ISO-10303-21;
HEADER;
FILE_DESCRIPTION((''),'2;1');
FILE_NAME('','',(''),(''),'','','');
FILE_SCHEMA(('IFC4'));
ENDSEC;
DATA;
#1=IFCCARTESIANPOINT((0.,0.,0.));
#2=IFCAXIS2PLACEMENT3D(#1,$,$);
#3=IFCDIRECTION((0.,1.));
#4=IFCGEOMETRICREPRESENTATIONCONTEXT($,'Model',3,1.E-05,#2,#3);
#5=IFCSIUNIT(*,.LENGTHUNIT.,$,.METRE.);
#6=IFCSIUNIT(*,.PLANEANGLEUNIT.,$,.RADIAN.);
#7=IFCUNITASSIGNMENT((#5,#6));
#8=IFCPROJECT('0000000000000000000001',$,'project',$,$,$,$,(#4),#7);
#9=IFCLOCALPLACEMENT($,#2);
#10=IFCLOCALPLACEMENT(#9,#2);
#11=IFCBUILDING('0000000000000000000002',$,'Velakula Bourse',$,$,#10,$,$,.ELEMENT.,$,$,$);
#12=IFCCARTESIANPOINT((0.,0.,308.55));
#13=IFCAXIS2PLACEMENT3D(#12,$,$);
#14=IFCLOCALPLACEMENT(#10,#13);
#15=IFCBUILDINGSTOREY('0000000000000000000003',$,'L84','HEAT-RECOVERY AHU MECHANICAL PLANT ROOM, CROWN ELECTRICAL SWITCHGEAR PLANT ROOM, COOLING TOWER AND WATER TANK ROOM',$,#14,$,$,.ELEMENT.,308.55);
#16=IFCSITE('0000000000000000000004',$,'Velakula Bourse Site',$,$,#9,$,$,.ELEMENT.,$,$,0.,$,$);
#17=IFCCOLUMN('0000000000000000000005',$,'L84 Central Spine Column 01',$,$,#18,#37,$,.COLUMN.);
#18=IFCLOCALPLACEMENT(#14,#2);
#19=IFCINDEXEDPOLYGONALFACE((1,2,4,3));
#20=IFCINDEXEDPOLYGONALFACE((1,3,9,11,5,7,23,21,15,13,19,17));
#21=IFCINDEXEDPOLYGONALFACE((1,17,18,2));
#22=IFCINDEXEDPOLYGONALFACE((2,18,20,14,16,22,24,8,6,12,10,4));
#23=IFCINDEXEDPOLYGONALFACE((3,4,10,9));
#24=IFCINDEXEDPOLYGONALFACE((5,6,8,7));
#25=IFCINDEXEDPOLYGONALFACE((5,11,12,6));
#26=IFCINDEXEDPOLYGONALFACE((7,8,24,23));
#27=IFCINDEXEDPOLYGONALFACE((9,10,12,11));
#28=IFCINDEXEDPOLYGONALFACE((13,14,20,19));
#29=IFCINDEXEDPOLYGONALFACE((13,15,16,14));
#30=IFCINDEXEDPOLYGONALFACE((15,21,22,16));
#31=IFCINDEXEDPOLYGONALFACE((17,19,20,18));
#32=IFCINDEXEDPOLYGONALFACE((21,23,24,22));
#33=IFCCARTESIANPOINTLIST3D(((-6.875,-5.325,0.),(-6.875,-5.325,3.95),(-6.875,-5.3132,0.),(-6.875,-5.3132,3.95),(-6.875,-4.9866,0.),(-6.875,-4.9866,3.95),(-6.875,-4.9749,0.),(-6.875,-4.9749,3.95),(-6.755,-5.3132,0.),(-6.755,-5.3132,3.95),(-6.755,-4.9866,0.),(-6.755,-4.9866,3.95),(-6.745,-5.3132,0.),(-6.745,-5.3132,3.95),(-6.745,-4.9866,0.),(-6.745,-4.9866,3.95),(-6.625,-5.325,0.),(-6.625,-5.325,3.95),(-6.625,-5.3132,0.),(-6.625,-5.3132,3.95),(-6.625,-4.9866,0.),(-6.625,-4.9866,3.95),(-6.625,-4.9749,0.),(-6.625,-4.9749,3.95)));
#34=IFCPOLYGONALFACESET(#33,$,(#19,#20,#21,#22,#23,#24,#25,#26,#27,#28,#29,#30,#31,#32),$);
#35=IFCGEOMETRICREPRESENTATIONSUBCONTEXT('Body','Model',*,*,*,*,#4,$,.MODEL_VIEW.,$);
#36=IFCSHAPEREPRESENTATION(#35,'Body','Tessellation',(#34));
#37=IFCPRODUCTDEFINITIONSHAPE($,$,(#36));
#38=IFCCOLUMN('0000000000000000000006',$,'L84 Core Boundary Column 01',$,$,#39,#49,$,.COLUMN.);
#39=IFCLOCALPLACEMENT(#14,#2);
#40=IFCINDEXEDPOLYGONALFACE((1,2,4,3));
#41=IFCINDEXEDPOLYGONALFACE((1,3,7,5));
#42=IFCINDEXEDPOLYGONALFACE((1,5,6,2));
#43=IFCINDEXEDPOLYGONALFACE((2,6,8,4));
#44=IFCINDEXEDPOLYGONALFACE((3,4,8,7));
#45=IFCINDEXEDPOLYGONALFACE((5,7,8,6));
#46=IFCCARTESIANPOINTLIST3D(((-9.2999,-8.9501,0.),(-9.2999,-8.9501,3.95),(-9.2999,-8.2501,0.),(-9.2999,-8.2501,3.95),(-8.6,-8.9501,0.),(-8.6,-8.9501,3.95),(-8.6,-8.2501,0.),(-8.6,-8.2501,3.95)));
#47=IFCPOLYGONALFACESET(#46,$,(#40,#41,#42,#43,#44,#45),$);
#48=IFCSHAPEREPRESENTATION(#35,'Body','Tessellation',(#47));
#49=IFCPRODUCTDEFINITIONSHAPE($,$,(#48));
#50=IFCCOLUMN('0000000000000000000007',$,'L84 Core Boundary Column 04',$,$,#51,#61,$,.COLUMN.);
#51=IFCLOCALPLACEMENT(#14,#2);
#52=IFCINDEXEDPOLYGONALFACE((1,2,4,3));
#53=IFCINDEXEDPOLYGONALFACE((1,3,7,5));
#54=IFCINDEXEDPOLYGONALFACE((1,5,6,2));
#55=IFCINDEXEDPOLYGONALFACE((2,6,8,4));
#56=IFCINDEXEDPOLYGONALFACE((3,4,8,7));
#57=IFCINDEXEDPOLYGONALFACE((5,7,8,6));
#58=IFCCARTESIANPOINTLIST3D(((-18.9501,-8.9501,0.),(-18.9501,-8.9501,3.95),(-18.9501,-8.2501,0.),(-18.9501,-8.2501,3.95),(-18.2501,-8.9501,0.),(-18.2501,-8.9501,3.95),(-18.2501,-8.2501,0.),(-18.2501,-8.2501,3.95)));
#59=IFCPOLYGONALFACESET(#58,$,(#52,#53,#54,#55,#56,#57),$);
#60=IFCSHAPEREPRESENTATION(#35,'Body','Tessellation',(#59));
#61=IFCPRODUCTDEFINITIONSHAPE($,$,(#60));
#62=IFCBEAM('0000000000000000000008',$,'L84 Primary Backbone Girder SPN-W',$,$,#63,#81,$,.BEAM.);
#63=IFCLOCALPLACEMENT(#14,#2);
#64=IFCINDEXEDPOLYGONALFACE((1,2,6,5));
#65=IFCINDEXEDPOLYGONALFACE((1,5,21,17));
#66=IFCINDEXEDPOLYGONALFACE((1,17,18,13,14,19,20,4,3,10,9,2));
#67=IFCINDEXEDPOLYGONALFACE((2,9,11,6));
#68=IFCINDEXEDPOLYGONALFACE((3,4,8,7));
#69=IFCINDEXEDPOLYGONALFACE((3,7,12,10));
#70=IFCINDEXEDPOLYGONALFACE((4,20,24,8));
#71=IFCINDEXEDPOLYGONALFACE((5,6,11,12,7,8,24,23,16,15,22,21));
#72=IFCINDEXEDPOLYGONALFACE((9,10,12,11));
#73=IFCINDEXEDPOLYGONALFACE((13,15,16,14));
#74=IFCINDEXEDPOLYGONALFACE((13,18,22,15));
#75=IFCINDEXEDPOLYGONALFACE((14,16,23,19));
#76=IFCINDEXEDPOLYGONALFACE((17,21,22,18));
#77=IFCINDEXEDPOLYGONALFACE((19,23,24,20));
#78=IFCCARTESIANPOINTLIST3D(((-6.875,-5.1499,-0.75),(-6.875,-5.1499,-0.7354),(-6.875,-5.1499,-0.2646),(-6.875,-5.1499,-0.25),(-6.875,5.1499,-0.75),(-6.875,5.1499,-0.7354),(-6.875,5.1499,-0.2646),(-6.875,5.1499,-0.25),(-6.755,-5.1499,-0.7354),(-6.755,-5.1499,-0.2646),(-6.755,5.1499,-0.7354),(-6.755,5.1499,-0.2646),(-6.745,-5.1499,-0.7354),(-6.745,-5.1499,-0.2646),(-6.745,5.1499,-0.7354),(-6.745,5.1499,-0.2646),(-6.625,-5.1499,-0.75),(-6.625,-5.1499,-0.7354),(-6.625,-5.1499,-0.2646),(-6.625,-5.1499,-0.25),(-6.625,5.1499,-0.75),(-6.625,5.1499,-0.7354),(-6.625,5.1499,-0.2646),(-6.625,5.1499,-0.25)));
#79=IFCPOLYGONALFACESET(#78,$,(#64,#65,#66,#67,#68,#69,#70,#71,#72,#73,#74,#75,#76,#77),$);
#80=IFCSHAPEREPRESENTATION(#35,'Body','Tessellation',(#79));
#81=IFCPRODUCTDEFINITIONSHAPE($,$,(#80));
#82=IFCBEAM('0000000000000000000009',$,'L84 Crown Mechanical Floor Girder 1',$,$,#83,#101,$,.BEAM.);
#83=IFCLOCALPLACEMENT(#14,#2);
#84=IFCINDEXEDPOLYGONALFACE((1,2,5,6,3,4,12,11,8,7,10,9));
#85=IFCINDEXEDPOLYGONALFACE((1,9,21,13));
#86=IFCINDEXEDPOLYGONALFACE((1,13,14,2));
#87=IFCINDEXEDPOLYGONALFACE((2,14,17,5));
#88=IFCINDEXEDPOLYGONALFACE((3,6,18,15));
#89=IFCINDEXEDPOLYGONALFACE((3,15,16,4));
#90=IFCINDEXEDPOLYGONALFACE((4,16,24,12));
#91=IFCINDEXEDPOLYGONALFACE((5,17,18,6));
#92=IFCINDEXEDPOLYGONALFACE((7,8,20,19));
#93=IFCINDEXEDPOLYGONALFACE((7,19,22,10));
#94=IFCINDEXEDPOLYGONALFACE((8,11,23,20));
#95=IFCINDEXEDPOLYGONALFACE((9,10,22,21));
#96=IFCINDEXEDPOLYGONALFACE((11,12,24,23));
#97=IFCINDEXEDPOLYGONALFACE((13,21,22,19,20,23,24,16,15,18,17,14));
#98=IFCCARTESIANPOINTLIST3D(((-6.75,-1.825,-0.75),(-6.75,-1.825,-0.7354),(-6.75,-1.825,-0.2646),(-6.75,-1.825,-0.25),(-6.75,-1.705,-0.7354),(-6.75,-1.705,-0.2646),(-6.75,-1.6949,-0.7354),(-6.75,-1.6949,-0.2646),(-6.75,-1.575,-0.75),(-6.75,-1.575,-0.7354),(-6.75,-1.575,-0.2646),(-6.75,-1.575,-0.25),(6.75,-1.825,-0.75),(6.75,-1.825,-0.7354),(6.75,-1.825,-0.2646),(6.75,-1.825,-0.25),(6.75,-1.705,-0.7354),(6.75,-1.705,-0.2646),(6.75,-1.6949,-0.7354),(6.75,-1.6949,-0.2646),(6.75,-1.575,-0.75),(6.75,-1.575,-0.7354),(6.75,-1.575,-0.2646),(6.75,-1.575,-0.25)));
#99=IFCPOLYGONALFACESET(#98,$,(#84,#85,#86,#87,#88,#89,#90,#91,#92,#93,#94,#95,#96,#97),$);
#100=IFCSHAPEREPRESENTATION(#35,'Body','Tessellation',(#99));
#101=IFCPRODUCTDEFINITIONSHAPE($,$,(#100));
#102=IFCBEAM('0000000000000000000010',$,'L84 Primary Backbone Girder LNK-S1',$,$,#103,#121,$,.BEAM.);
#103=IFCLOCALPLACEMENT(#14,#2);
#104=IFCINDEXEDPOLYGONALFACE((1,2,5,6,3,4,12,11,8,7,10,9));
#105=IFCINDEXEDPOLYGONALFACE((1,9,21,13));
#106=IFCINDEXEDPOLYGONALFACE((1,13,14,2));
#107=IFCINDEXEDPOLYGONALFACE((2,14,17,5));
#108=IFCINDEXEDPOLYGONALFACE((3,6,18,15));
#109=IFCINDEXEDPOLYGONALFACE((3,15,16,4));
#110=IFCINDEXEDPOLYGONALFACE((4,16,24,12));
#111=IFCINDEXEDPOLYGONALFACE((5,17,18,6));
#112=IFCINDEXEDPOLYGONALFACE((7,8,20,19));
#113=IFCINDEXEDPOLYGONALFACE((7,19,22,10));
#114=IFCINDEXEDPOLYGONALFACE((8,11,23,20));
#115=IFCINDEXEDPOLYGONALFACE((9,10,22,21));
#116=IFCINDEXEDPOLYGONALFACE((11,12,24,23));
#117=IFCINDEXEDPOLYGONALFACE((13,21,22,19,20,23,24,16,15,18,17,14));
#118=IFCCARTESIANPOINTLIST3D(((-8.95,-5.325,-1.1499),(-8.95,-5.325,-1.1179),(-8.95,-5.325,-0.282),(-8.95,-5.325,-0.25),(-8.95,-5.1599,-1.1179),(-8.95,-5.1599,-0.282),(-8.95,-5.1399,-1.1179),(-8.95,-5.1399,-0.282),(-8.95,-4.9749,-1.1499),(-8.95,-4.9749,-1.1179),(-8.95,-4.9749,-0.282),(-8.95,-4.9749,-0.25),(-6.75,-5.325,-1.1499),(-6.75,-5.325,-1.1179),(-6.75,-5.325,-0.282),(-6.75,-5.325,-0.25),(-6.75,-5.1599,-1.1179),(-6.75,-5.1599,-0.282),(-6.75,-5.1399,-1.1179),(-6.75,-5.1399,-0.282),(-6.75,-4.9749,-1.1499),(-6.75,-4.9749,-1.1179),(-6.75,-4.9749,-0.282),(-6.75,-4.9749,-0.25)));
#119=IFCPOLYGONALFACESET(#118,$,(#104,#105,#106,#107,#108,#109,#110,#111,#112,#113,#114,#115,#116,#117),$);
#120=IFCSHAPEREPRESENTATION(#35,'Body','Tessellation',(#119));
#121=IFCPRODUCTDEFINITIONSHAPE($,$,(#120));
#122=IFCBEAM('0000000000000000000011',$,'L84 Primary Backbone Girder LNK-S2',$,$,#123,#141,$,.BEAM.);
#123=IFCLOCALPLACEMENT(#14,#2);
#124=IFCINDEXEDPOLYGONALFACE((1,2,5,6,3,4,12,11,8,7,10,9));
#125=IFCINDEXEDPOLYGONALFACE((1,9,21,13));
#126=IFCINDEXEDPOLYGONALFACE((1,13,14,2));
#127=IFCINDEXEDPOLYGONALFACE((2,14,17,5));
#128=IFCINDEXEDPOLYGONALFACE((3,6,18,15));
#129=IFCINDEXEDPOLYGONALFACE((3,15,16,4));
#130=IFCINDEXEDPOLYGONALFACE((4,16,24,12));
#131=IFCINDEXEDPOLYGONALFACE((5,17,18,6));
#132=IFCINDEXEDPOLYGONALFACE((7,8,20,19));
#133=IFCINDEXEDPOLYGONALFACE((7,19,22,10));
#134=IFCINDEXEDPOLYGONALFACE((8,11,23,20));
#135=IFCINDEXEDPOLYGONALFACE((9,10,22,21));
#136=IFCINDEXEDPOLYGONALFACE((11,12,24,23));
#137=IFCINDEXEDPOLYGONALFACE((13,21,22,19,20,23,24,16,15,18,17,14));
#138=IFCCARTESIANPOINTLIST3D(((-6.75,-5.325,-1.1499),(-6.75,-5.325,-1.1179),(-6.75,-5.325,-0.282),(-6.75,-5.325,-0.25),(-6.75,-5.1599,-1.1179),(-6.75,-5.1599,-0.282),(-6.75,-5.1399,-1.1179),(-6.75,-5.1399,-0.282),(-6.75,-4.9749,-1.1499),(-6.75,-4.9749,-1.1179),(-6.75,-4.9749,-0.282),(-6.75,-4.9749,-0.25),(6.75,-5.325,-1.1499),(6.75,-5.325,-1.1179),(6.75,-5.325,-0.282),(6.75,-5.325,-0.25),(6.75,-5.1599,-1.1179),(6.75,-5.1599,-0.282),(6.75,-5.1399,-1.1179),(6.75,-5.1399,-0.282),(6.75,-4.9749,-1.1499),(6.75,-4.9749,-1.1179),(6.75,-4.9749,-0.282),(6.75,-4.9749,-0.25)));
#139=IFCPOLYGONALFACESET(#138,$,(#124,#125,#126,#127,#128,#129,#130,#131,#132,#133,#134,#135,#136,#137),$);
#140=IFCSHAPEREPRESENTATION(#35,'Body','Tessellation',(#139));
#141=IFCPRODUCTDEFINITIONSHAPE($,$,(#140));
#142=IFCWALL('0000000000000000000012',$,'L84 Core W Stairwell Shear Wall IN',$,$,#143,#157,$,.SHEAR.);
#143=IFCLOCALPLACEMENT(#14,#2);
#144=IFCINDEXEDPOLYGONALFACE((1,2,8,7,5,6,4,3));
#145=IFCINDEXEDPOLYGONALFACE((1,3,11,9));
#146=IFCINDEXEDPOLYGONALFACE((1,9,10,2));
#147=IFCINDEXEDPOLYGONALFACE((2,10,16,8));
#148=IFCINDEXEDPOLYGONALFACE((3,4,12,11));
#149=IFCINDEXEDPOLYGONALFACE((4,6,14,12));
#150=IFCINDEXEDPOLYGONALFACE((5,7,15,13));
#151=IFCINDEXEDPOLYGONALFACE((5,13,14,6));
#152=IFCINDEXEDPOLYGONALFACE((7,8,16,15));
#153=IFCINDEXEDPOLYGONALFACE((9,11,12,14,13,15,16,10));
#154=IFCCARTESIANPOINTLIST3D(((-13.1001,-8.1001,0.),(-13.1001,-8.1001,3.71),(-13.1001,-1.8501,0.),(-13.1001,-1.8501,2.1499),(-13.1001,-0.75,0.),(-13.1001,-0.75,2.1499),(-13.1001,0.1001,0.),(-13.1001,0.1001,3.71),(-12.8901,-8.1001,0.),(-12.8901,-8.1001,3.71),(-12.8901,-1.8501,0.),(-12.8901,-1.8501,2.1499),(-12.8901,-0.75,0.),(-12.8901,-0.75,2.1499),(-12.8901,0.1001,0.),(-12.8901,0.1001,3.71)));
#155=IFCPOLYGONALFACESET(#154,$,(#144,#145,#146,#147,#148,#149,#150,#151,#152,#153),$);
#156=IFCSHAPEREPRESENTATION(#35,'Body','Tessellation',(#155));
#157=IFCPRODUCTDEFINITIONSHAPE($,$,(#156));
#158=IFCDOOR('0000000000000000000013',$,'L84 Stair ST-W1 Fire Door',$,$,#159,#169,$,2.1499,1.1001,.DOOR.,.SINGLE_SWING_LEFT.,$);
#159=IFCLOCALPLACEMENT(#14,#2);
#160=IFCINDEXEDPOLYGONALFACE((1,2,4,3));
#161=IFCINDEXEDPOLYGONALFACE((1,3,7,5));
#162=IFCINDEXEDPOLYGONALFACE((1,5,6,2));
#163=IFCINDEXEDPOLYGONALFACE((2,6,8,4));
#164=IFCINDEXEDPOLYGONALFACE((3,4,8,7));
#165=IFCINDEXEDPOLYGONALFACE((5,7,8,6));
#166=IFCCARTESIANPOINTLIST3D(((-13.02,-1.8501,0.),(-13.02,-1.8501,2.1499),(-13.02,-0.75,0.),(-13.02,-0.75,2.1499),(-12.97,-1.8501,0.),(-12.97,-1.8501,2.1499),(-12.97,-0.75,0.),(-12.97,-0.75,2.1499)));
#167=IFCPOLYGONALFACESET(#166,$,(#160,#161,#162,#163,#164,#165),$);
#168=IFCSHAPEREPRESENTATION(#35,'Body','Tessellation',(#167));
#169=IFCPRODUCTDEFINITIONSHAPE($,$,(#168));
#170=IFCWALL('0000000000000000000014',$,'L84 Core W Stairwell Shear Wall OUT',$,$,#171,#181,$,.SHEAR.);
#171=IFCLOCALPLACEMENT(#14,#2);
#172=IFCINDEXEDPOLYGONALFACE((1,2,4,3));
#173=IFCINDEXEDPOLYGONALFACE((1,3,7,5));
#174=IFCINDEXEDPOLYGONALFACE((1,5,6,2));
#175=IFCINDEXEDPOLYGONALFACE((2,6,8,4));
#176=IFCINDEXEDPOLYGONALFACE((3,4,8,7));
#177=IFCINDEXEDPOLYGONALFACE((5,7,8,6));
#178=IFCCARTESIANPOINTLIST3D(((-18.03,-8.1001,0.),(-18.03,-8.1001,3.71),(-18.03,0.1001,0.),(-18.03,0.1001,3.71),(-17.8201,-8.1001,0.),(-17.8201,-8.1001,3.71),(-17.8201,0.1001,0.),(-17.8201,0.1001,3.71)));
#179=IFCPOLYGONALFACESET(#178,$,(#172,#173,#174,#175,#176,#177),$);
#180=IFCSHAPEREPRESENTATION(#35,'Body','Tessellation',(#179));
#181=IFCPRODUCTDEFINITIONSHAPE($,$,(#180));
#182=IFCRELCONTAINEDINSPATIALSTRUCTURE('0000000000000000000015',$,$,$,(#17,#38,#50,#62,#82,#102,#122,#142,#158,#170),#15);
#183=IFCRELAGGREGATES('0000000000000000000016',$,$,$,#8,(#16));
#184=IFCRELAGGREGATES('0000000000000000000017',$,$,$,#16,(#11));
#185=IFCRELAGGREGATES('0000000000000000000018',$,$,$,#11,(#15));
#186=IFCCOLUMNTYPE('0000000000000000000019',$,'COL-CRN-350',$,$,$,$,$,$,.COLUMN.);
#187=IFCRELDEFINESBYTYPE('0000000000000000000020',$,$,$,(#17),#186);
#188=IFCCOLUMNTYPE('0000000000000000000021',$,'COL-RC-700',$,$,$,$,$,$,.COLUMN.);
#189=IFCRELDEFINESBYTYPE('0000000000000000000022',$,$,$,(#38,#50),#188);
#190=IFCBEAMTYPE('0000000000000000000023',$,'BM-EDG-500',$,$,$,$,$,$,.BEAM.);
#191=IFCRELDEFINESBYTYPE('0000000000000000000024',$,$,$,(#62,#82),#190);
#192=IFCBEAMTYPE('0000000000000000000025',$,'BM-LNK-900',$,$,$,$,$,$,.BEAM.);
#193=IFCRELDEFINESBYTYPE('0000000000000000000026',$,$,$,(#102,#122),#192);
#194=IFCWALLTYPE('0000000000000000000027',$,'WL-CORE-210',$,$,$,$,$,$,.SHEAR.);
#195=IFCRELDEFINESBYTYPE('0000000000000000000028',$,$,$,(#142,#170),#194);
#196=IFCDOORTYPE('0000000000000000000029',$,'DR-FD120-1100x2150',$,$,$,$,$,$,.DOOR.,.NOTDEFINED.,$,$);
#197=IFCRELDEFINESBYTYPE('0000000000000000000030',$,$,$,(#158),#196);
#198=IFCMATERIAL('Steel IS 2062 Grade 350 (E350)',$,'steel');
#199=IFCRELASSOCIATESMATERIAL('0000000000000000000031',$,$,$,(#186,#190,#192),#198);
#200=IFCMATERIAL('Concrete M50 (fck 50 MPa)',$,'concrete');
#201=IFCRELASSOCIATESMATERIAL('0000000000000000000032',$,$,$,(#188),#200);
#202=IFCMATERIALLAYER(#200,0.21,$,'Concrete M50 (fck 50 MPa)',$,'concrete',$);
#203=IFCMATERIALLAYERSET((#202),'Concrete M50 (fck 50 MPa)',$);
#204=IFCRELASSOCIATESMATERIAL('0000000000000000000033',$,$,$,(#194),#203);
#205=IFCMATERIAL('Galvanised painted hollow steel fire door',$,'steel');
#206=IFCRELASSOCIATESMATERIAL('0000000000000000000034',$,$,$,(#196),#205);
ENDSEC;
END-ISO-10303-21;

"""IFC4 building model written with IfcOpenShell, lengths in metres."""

from ifc_helpers import new_model, si_unit, direction, frame, frame_2d, origin, origin_2d, place, context, subcontext, project, spatial, rectangle, i_section, extrude, material, layer, layer_set, material_profile, profile_set, type_object, element, fill, save


model = new_model("IFC4")

# Units and contexts
model_context = context("Model", 3, precision=1e-05, world=origin(), true_north=direction((0.0, 1.0)))
body_context = subcontext(model_context, "Body", "Model", "MODEL_VIEW")
ifc_project = project(units=[si_unit("LENGTHUNIT", "METRE"), si_unit("PLANEANGLEUNIT", "RADIAN")], contexts=[model_context])

# Site, building, storey
site_placement = place(None, origin())
site = spatial("IfcSite", under=ifc_project, at=site_placement, Name="Velakula Bourse Site", CompositionType="ELEMENT", RefElevation=0.0)
building_placement = place(site_placement, origin())
building = spatial("IfcBuilding", under=site, at=building_placement, Name="Velakula Bourse", CompositionType="ELEMENT")
storey_placement = place(building_placement, frame((0.0, 0.0, 308.55)))
storey = spatial("IfcBuildingStorey", under=building, at=storey_placement, Name="L84", Description="HEAT-RECOVERY AHU MECHANICAL PLANT ROOM, CROWN ELECTRICAL SWITCHGEAR PLANT ROOM, COOLING TOWER AND WATER TANK ROOM", CompositionType="ELEMENT", Elevation=308.55)

# Columns
ifc_material_1 = material(Name="Steel IS 2062 Grade 350 (E350)", Category="steel")
ifc_material_profile_1 = material_profile(ifc_material_1, i_section(OverallWidth=0.25, OverallDepth=0.3501, WebThickness=0.01, FlangeThickness=0.0117, at=origin_2d()), Name="Steel IS 2062 Grade 350 (E350)")
ifc_profile_set_1 = profile_set([ifc_material_profile_1], Name="Steel IS 2062 Grade 350 (E350)")
column_type_1 = type_object("IfcColumnType", Name="COL-CRN-350", PredefinedType="COLUMN", material=ifc_profile_set_1)
column_placement = place(storey_placement, frame((-6.75, -5.1499, 0.0), z_axis=(0.0, 0.0, 1.0), x_axis=(1.0, 0.0, 0.0)))
element("IfcColumn", 1, at=column_placement, inside=storey, type_object=column_type_1, Name="L84 Central Spine Column 01", PredefinedType="COLUMN", context=body_context, shape_type="SweptSolid", body=[
    extrude(i_section(OverallWidth=0.25, OverallDepth=0.3501, WebThickness=0.01, FlangeThickness=0.0117, at=origin_2d()), origin(), (0.0, 0.0, 1.0), 3.95),
])
ifc_material_2 = material(Name="Concrete M50 (fck 50 MPa)", Category="concrete")
ifc_material_profile_2 = material_profile(ifc_material_2, rectangle(XDim=0.7, YDim=0.7, at=origin_2d()), Name="Concrete M50 (fck 50 MPa)")
ifc_profile_set_2 = profile_set([ifc_material_profile_2], Name="Concrete M50 (fck 50 MPa)")
column_type_2 = type_object("IfcColumnType", Name="COL-RC-700", PredefinedType="COLUMN", material=ifc_profile_set_2)
for number, where, z_axis, x_axis, name in (
    (2, (-8.95, -8.6001, 0.0), (0.0, 0.0, 1.0), (1.0, 0.0, 0.0), "L84 Core Boundary Column 01"),
    (3, (-18.6001, -8.6001, 0.0), (0.0, 0.0, 1.0), (1.0, 0.0, 0.0), "L84 Core Boundary Column 04"),
):
    element("IfcColumn", number, at=place(storey_placement, frame(where, z_axis=z_axis, x_axis=x_axis)), inside=storey, type_object=column_type_2, Name=name, PredefinedType="COLUMN", context=body_context, shape_type="SweptSolid", body=[
        extrude(rectangle(XDim=0.7, YDim=0.7, at=origin_2d()), origin(), (0.0, 0.0, 1.0), 3.95),
    ])

# Beams
ifc_material_profile_3 = material_profile(ifc_material_1, i_section(OverallWidth=0.25, OverallDepth=0.5, WebThickness=0.01, FlangeThickness=0.0146, at=origin_2d()), Name="Steel IS 2062 Grade 350 (E350)")
ifc_profile_set_3 = profile_set([ifc_material_profile_3], Name="Steel IS 2062 Grade 350 (E350)")
beam_type_1 = type_object("IfcBeamType", Name="BM-EDG-500", PredefinedType="BEAM", material=ifc_profile_set_3)
beam_1_placement = place(storey_placement, frame((-6.75, -5.1499, -0.5), z_axis=(0.0, 1.0, 0.0), x_axis=(-1.0, 0.0, 0.0)))
element("IfcBeam", 4, at=beam_1_placement, inside=storey, type_object=beam_type_1, Name="L84 Primary Backbone Girder SPN-W", PredefinedType="BEAM", context=body_context, shape_type="SweptSolid", body=[
    extrude(i_section(OverallWidth=0.25, OverallDepth=0.5, WebThickness=0.01, FlangeThickness=0.0146, at=origin_2d()), origin(), (0.0, 0.0, 1.0), 10.2998),
])
beam_2_placement = place(storey_placement, frame((-6.75, -1.7, -0.5), z_axis=(1.0, 0.0, 0.0), x_axis=(0.0, 1.0, 0.0)))
element("IfcBeam", 5, at=beam_2_placement, inside=storey, type_object=beam_type_1, Name="L84 Crown Mechanical Floor Girder 1", PredefinedType="BEAM", context=body_context, shape_type="SweptSolid", body=[
    extrude(i_section(OverallWidth=0.25, OverallDepth=0.5, WebThickness=0.01, FlangeThickness=0.0146, at=origin_2d()), origin(), (0.0, 0.0, 1.0), 13.5),
])
ifc_material_profile_4 = material_profile(ifc_material_1, i_section(OverallWidth=0.3501, OverallDepth=0.8999, WebThickness=0.02, FlangeThickness=0.032, at=origin_2d()), Name="Steel IS 2062 Grade 350 (E350)")
ifc_profile_set_4 = profile_set([ifc_material_profile_4], Name="Steel IS 2062 Grade 350 (E350)")
beam_type_2 = type_object("IfcBeamType", Name="BM-LNK-900", PredefinedType="BEAM", material=ifc_profile_set_4)
beam_3_placement = place(storey_placement, frame((-8.95, -5.1499, -0.7), z_axis=(1.0, 0.0, 0.0), x_axis=(0.0, 1.0, 0.0)))
element("IfcBeam", 6, at=beam_3_placement, inside=storey, type_object=beam_type_2, Name="L84 Primary Backbone Girder LNK-S1", PredefinedType="BEAM", context=body_context, shape_type="SweptSolid", body=[
    extrude(i_section(OverallWidth=0.3501, OverallDepth=0.8999, WebThickness=0.02, FlangeThickness=0.032, at=origin_2d()), origin(), (0.0, 0.0, 1.0), 2.2),
])
beam_4_placement = place(storey_placement, frame((-6.75, -5.1499, -0.7), z_axis=(1.0, 0.0, 0.0), x_axis=(0.0, 1.0, 0.0)))
element("IfcBeam", 7, at=beam_4_placement, inside=storey, type_object=beam_type_2, Name="L84 Primary Backbone Girder LNK-S2", PredefinedType="BEAM", context=body_context, shape_type="SweptSolid", body=[
    extrude(i_section(OverallWidth=0.3501, OverallDepth=0.8999, WebThickness=0.02, FlangeThickness=0.032, at=origin_2d()), origin(), (0.0, 0.0, 1.0), 13.5),
])

# Wall, opening, door
ifc_layer_1 = layer(ifc_material_2, 0.21, Name="Concrete M50 (fck 50 MPa)", Category="concrete")
ifc_layer_set_1 = layer_set([ifc_layer_1], Name="Concrete M50 (fck 50 MPa)")
wall_type_1 = type_object("IfcWallType", Name="WL-CORE-210", PredefinedType="SHEAR", material=ifc_layer_set_1)
wall_1_placement = place(storey_placement, frame((-12.9951, -8.1001, 0.0), z_axis=(0.0, 0.0, 1.0), x_axis=(0.0, 1.0, 0.0)))
wall_1 = element("IfcWall", 8, at=wall_1_placement, inside=storey, type_object=wall_type_1, Name="L84 Core W Stairwell Shear Wall IN", PredefinedType="SHEAR", context=body_context, shape_type="SweptSolid", body=[
    extrude(rectangle(XDim=8.2002, YDim=0.21, at=frame_2d((4.1001, 0.0))), origin(), (0.0, 0.0, 1.0), 3.71),
])
opening_1_placement = place(wall_1_placement, frame((6.25, 0.0, 0.0)))
opening_1 = element("IfcOpeningElement", 9, at=opening_1_placement, cuts=wall_1, PredefinedType="OPENING", context=body_context, shape_type="SweptSolid", body=[
    extrude(rectangle(XDim=1.1001, YDim=2.1499, at=frame_2d((0.55, 1.075))), frame((0.0, 0.115, 0.0), z_axis=(0.0, -1.0, 0.0), x_axis=(1.0, 0.0, 0.0)), (0.0, 0.0, 1.0), 0.23),
])
ifc_material_3 = material(Name="Galvanised painted hollow steel fire door", Category="steel")
door_type_1 = type_object("IfcDoorType", Name="DR-FD120-1100x2150", OperationType="NOTDEFINED", PredefinedType="DOOR", material=ifc_material_3)
door_1_placement = place(opening_1_placement, origin())
door_1 = element("IfcDoor", 10, at=door_1_placement, inside=storey, type_object=door_type_1, Name="L84 Stair ST-W1 Fire Door", OperationType="SINGLE_SWING_LEFT", OverallHeight=2.1499, OverallWidth=1.1001, PredefinedType="DOOR", context=body_context, shape_type="SweptSolid", body=[
    extrude(rectangle(XDim=1.1001, YDim=2.1499, at=frame_2d((0.55, 1.075))), frame((0.0, 0.0249, 0.0), z_axis=(0.0, -1.0, 0.0), x_axis=(1.0, 0.0, 0.0)), (0.0, 0.0, 1.0), 0.05),
])
fill(opening_1, door_1)

# Wall
wall_2_placement = place(storey_placement, frame((-17.925, -8.1001, 0.0), z_axis=(0.0, 0.0, 1.0), x_axis=(0.0, 1.0, 0.0)))
element("IfcWall", 11, at=wall_2_placement, inside=storey, type_object=wall_type_1, Name="L84 Core W Stairwell Shear Wall OUT", PredefinedType="SHEAR", context=body_context, shape_type="SweptSolid", body=[
    extrude(rectangle(XDim=8.2002, YDim=0.21, at=frame_2d((4.1001, 0.0))), origin(), (0.0, 0.0, 1.0), 3.71),
])

save(model, "model.ifc")
